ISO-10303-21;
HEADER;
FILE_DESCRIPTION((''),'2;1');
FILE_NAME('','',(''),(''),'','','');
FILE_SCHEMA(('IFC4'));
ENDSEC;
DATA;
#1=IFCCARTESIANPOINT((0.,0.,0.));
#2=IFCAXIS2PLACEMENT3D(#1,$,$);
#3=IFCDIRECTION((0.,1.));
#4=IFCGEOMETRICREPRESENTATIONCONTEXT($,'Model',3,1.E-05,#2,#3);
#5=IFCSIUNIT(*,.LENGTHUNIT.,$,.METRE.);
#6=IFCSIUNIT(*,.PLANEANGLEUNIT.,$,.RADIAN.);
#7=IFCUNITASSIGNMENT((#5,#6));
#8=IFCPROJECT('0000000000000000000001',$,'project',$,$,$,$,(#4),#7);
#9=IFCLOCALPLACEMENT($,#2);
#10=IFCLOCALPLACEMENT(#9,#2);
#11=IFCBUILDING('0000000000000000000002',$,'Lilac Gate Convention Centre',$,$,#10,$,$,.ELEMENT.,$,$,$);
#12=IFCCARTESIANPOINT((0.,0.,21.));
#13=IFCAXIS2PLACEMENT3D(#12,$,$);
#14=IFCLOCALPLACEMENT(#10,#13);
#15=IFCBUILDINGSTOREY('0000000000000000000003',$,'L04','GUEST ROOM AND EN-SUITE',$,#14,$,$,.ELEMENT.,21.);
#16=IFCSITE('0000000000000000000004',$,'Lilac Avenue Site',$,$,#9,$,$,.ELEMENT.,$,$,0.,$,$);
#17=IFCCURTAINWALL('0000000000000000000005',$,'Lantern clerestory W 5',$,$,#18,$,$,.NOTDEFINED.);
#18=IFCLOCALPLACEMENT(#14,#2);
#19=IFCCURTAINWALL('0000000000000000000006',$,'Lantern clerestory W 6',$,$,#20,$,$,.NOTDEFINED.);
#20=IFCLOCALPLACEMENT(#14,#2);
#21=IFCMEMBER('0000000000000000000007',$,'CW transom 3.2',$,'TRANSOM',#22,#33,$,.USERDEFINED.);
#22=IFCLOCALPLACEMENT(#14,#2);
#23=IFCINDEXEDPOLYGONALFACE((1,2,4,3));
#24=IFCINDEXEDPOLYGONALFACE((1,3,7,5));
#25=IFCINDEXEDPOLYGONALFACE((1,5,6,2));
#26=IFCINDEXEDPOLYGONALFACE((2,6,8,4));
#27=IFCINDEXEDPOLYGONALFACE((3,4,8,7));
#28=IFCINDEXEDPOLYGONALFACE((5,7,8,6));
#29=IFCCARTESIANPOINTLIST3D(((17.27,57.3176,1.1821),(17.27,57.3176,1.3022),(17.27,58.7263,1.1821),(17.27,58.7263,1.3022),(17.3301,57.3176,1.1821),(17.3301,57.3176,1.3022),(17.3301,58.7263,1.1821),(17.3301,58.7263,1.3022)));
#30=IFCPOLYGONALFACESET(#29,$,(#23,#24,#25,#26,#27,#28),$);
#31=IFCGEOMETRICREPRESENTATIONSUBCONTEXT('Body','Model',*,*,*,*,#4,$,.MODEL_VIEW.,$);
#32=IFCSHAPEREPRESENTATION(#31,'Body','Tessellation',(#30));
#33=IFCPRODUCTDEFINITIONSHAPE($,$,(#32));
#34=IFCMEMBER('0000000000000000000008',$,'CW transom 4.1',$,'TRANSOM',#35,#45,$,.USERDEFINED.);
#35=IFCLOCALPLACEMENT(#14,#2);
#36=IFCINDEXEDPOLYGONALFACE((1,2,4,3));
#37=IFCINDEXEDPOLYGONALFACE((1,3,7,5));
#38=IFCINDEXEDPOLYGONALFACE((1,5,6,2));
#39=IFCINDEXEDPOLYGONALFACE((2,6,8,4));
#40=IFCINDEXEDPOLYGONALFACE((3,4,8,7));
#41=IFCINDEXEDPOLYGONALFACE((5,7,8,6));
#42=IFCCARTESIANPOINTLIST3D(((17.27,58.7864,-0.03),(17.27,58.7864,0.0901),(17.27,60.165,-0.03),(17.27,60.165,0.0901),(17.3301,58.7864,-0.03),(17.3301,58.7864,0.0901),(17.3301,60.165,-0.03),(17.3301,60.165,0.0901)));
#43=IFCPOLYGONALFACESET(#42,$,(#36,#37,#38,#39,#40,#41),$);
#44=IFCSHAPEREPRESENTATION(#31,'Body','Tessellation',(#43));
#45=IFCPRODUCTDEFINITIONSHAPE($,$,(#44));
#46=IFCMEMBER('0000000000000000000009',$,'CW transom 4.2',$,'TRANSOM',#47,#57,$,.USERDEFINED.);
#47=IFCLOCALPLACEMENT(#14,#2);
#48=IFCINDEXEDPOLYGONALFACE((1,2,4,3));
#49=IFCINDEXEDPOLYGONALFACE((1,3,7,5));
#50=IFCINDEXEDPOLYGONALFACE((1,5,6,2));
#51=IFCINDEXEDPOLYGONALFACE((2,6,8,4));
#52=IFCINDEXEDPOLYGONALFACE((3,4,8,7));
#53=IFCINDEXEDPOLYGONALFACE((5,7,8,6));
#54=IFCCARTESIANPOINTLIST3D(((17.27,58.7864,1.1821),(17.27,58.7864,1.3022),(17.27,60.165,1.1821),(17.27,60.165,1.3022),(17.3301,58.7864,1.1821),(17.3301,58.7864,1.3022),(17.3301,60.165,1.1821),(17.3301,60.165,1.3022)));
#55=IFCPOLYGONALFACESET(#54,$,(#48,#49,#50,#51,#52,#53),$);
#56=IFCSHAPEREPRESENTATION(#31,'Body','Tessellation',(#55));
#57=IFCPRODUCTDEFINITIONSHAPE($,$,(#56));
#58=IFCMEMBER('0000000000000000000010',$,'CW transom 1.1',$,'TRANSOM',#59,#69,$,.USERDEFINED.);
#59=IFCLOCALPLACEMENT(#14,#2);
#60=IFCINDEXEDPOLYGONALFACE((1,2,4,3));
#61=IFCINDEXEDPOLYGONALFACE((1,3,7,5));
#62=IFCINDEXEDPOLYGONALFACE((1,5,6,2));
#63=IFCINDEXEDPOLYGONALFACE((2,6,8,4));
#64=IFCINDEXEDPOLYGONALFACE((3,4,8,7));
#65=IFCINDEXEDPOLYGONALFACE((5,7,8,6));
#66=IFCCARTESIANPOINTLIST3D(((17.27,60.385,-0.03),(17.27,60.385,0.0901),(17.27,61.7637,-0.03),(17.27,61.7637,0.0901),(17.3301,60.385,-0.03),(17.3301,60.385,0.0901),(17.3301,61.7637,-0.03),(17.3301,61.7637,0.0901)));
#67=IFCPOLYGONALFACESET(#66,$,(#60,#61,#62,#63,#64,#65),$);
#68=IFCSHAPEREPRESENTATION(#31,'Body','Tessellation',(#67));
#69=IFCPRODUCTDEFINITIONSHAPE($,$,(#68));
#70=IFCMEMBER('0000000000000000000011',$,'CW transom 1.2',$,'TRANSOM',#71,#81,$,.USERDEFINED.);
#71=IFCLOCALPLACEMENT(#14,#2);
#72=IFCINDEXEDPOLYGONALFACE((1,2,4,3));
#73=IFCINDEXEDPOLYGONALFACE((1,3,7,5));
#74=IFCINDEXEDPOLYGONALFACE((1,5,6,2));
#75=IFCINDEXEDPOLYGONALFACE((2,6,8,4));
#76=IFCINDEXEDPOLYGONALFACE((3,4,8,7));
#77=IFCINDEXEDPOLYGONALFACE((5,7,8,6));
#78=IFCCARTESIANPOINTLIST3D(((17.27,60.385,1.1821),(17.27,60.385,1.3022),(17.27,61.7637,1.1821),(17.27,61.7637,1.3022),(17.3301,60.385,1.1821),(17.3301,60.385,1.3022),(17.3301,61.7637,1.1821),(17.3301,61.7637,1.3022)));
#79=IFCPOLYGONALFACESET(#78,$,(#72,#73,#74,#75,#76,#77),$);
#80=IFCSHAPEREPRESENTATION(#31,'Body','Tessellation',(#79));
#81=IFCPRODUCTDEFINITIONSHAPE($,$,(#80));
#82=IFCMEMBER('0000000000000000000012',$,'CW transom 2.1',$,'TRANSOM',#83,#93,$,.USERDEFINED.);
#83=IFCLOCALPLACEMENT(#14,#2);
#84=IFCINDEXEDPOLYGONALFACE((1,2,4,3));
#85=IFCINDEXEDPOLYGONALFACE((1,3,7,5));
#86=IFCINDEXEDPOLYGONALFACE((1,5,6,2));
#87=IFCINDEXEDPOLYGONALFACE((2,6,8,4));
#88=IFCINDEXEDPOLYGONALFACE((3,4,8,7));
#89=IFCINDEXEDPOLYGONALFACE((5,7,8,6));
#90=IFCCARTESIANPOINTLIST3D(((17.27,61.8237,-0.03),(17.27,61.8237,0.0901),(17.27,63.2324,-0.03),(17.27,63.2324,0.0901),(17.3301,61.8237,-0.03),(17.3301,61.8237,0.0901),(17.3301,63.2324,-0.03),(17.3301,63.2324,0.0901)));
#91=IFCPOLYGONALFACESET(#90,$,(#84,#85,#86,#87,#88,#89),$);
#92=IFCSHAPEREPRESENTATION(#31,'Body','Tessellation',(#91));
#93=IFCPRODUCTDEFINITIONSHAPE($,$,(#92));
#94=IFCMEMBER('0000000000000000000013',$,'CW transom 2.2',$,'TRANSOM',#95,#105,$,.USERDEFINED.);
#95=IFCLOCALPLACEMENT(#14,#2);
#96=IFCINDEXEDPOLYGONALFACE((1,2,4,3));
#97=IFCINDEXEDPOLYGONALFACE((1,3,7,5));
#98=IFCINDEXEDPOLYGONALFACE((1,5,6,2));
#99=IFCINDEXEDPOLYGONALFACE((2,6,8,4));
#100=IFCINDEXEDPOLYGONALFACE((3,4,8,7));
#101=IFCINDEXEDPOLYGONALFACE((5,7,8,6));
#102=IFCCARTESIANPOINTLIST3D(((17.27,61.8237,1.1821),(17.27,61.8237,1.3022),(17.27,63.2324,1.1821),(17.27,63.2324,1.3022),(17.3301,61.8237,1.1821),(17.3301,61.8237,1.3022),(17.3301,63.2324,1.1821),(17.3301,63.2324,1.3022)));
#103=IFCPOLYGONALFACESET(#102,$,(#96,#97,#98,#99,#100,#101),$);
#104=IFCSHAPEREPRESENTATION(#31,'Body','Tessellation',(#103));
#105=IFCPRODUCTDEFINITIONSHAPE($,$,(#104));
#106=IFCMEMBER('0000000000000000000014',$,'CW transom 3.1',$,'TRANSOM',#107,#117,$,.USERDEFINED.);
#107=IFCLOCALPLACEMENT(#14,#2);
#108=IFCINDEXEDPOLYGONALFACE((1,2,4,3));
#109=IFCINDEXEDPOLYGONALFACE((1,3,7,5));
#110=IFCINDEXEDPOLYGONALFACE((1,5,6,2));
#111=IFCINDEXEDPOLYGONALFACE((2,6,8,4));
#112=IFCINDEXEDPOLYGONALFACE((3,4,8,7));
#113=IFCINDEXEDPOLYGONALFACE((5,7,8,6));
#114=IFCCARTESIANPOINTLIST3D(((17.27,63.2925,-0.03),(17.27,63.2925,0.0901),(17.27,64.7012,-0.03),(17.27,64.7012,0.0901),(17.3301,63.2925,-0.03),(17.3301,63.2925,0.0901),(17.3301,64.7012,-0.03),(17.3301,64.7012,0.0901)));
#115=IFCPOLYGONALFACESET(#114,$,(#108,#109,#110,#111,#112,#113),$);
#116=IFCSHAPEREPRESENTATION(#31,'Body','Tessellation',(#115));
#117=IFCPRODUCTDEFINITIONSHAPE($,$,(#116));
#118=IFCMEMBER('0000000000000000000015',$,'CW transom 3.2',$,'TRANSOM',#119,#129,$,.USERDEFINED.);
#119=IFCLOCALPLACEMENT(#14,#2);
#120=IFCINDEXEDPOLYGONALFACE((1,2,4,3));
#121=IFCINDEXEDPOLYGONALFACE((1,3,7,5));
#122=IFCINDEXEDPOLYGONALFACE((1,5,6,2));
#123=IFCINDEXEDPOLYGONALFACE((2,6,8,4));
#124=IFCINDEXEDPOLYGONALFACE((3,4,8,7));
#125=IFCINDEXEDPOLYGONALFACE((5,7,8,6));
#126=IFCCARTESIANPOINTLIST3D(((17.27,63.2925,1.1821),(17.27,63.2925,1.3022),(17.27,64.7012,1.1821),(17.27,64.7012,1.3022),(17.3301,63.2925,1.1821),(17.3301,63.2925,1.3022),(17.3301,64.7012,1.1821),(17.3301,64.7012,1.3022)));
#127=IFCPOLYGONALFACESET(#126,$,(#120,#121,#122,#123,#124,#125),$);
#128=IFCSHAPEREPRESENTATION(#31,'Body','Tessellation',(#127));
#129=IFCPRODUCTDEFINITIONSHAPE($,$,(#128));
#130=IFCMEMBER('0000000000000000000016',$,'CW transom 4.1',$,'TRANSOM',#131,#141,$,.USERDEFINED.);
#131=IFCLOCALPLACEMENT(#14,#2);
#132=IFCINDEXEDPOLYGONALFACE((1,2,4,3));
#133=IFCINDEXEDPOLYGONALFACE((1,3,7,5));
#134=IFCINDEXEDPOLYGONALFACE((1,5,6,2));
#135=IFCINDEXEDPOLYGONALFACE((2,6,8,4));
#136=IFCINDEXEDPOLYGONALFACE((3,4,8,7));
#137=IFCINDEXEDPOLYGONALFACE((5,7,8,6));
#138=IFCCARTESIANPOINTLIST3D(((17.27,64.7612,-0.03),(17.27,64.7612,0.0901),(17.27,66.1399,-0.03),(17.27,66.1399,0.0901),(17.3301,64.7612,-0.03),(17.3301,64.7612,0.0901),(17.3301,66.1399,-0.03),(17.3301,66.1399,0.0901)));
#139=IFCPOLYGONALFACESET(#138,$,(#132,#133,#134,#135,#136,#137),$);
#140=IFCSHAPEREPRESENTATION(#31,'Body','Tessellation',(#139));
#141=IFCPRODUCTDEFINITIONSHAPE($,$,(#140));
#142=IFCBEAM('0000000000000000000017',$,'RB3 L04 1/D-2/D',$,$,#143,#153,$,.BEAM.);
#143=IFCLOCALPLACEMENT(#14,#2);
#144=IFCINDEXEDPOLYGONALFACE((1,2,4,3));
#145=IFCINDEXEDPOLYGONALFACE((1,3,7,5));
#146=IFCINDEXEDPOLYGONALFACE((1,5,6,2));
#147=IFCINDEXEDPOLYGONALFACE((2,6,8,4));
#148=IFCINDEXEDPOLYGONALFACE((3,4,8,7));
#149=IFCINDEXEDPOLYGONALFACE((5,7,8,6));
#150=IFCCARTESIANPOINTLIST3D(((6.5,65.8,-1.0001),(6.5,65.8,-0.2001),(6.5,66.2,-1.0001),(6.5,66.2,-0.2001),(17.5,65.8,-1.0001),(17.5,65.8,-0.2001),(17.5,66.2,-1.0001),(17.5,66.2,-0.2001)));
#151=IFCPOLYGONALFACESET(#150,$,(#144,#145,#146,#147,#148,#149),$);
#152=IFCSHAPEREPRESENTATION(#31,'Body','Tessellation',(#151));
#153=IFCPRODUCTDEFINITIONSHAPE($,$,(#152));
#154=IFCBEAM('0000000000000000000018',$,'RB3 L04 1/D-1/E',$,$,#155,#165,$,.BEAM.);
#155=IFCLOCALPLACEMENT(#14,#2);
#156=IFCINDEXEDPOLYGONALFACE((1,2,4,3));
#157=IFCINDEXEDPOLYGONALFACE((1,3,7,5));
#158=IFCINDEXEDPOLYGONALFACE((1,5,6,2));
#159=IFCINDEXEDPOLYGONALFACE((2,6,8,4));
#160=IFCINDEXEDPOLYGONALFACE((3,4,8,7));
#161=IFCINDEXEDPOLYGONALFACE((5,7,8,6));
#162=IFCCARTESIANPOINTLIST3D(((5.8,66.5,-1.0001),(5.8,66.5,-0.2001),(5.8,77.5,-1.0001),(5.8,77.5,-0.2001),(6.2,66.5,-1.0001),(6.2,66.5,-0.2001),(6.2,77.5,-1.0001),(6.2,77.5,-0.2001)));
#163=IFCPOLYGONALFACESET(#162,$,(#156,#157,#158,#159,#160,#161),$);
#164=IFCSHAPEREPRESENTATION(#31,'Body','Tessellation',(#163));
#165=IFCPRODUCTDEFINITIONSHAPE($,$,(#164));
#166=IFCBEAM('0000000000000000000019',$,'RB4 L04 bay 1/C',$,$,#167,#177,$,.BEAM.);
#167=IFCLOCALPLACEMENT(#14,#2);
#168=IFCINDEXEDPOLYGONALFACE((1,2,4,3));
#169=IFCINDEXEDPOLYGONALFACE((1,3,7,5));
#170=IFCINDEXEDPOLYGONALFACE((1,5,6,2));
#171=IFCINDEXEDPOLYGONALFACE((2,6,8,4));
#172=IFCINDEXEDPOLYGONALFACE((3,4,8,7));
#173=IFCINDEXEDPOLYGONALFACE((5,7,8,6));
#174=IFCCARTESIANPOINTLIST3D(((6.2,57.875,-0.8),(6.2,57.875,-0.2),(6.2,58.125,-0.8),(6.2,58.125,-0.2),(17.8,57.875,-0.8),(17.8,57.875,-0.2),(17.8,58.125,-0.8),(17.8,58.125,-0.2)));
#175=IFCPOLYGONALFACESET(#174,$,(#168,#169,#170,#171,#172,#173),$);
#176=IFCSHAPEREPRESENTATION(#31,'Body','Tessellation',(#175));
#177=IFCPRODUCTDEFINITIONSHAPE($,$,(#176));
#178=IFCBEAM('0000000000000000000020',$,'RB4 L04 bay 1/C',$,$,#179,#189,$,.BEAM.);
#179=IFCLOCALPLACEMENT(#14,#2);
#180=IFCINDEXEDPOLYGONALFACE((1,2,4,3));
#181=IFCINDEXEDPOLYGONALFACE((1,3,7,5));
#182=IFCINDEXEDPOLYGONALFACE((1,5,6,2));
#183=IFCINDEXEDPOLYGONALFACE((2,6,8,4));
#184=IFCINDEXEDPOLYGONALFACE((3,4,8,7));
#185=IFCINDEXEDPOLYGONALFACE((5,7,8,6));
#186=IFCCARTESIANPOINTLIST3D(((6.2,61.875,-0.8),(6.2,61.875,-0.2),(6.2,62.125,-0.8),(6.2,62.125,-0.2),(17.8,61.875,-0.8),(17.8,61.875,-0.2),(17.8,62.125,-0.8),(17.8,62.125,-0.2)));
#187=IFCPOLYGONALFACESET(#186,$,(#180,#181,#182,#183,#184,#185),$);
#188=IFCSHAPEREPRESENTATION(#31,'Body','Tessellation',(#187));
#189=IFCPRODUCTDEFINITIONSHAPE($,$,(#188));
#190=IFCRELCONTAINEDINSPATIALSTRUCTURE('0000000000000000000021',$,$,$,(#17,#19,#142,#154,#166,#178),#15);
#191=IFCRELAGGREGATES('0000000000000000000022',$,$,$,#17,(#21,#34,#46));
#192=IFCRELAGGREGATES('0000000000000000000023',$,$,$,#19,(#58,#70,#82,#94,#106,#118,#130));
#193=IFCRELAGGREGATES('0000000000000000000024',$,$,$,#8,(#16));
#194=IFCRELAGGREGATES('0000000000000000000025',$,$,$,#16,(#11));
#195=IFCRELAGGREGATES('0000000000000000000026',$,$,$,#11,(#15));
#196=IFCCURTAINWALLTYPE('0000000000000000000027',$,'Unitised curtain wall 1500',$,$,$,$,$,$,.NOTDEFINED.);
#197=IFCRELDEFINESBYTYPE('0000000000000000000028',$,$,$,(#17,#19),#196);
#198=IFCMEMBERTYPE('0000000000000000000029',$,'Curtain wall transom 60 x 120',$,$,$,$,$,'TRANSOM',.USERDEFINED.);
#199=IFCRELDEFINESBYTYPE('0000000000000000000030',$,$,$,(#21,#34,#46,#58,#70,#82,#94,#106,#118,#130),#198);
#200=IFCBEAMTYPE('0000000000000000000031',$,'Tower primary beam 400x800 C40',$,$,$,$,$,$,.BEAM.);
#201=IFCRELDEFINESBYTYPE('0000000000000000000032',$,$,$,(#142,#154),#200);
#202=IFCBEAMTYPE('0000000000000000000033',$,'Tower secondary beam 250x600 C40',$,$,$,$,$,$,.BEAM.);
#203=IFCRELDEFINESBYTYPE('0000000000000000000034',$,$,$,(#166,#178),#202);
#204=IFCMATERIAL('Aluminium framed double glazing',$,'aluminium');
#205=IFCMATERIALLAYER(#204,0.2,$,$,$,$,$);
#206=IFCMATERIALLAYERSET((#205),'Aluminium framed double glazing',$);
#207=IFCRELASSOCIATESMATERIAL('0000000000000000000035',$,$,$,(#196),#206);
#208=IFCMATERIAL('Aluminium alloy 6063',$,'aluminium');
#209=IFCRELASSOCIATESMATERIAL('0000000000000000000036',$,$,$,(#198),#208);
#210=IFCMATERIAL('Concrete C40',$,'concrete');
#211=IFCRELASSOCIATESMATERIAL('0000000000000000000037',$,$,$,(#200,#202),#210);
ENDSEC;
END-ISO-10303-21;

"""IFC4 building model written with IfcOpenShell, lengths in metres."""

from ifc_helpers import new_model, si_unit, direction, frame, origin, origin_2d, place, context, subcontext, project, spatial, rectangle, extrude, material, layer, layer_set, material_profile, profile_set, type_object, element, aggregate, save


model = new_model("IFC4")

# Units and contexts
model_context = context("Model", 3, precision=1e-05, world=origin(), true_north=direction((0.0, 1.0)))
body_context = subcontext(model_context, "Body", "Model", "MODEL_VIEW")
ifc_project = project(units=[si_unit("LENGTHUNIT", "METRE"), si_unit("PLANEANGLEUNIT", "RADIAN")], contexts=[model_context])

# Site, building, storey
site_placement = place(None, origin())
site = spatial("IfcSite", under=ifc_project, at=site_placement, Name="Lilac Avenue Site", CompositionType="ELEMENT", RefElevation=0.0)
building_placement = place(site_placement, origin())
building = spatial("IfcBuilding", under=site, at=building_placement, Name="Lilac Gate Convention Centre", CompositionType="ELEMENT")
storey_placement = place(building_placement, frame((0.0, 0.0, 21.0)))
storey = spatial("IfcBuildingStorey", under=building, at=storey_placement, Name="L04", Description="GUEST ROOM AND EN-SUITE", CompositionType="ELEMENT", Elevation=21.0)

# Shared definitions
ifc_material_1 = material(Name="Aluminium framed double glazing", Category="aluminium")
ifc_layer_1 = layer(ifc_material_1, 0.2)
ifc_layer_set_1 = layer_set([ifc_layer_1], Name="Aluminium framed double glazing")
curtain_wall_type = type_object("IfcCurtainWallType", Name="Unitised curtain wall 1500", PredefinedType="NOTDEFINED", material=ifc_layer_set_1)
ifc_material_2 = material(Name="Aluminium alloy 6063", Category="aluminium")

# Curtain walls
curtain_wall_1_placement = place(storey_placement, origin())
curtain_wall_1 = element("IfcCurtainWall", 1, at=curtain_wall_1_placement, inside=storey, type_object=curtain_wall_type, Name="Lantern clerestory W 5", PredefinedType="NOTDEFINED")
curtain_wall_2_placement = place(storey_placement, origin())
curtain_wall_2 = element("IfcCurtainWall", 2, at=curtain_wall_2_placement, inside=storey, type_object=curtain_wall_type, Name="Lantern clerestory W 6", PredefinedType="NOTDEFINED")

# Members
ifc_material_profile_1 = material_profile(ifc_material_2, rectangle(XDim=0.0601, YDim=0.1201, at=origin_2d()), Name="Curtain wall transom 60 x 120")
ifc_profile_set_1 = profile_set([ifc_material_profile_1], Name="Aluminium alloy 6063")
member_type_1 = type_object("IfcMemberType", Name="Curtain wall transom 60 x 120", ElementType="TRANSOM", PredefinedType="USERDEFINED", material=ifc_profile_set_1)
member_1_placement = place(storey_placement, frame((17.3, 57.3176, 1.2422), z_axis=(0.0, 1.0, 0.0), x_axis=(-1.0, 0.0, 0.0)))
member_1 = element("IfcMember", 3, at=member_1_placement, type_object=member_type_1, Name="CW transom 3.2", ObjectType="TRANSOM", PredefinedType="USERDEFINED", context=body_context, shape_type="SweptSolid", body=[
    extrude(rectangle(XDim=0.0601, YDim=0.1201, at=origin_2d()), origin(), (0.0, 0.0, 1.0), 1.4087),
])
member_2_placement = place(storey_placement, frame((17.3, 58.7864, 0.03), z_axis=(0.0, 1.0, 0.0), x_axis=(-1.0, 0.0, 0.0)))
member_2 = element("IfcMember", 4, at=member_2_placement, type_object=member_type_1, Name="CW transom 4.1", ObjectType="TRANSOM", PredefinedType="USERDEFINED", context=body_context, shape_type="SweptSolid", body=[
    extrude(rectangle(XDim=0.0601, YDim=0.1201, at=origin_2d()), origin(), (0.0, 0.0, 1.0), 1.3787),
])
member_3_placement = place(storey_placement, frame((17.3, 58.7864, 1.2422), z_axis=(0.0, 1.0, 0.0), x_axis=(-1.0, 0.0, 0.0)))
member_3 = element("IfcMember", 5, at=member_3_placement, type_object=member_type_1, Name="CW transom 4.2", ObjectType="TRANSOM", PredefinedType="USERDEFINED", context=body_context, shape_type="SweptSolid", body=[
    extrude(rectangle(XDim=0.0601, YDim=0.1201, at=origin_2d()), origin(), (0.0, 0.0, 1.0), 1.3787),
])
member_4_placement = place(storey_placement, frame((17.3, 60.385, 0.03), z_axis=(0.0, 1.0, 0.0), x_axis=(-1.0, 0.0, 0.0)))
member_4 = element("IfcMember", 6, at=member_4_placement, type_object=member_type_1, Name="CW transom 1.1", ObjectType="TRANSOM", PredefinedType="USERDEFINED", context=body_context, shape_type="SweptSolid", body=[
    extrude(rectangle(XDim=0.0601, YDim=0.1201, at=origin_2d()), origin(), (0.0, 0.0, 1.0), 1.3787),
])
member_5_placement = place(storey_placement, frame((17.3, 60.385, 1.2422), z_axis=(0.0, 1.0, 0.0), x_axis=(-1.0, 0.0, 0.0)))
member_5 = element("IfcMember", 7, at=member_5_placement, type_object=member_type_1, Name="CW transom 1.2", ObjectType="TRANSOM", PredefinedType="USERDEFINED", context=body_context, shape_type="SweptSolid", body=[
    extrude(rectangle(XDim=0.0601, YDim=0.1201, at=origin_2d()), origin(), (0.0, 0.0, 1.0), 1.3787),
])
member_6_placement = place(storey_placement, frame((17.3, 61.8237, 0.03), z_axis=(0.0, 1.0, 0.0), x_axis=(-1.0, 0.0, 0.0)))
member_6 = element("IfcMember", 8, at=member_6_placement, type_object=member_type_1, Name="CW transom 2.1", ObjectType="TRANSOM", PredefinedType="USERDEFINED", context=body_context, shape_type="SweptSolid", body=[
    extrude(rectangle(XDim=0.0601, YDim=0.1201, at=origin_2d()), origin(), (0.0, 0.0, 1.0), 1.4087),
])
member_7_placement = place(storey_placement, frame((17.3, 61.8237, 1.2422), z_axis=(0.0, 1.0, 0.0), x_axis=(-1.0, 0.0, 0.0)))
member_7 = element("IfcMember", 9, at=member_7_placement, type_object=member_type_1, Name="CW transom 2.2", ObjectType="TRANSOM", PredefinedType="USERDEFINED", context=body_context, shape_type="SweptSolid", body=[
    extrude(rectangle(XDim=0.0601, YDim=0.1201, at=origin_2d()), origin(), (0.0, 0.0, 1.0), 1.4087),
])
member_8_placement = place(storey_placement, frame((17.3, 63.2925, 0.03), z_axis=(0.0, 1.0, 0.0), x_axis=(-1.0, 0.0, 0.0)))
member_8 = element("IfcMember", 10, at=member_8_placement, type_object=member_type_1, Name="CW transom 3.1", ObjectType="TRANSOM", PredefinedType="USERDEFINED", context=body_context, shape_type="SweptSolid", body=[
    extrude(rectangle(XDim=0.0601, YDim=0.1201, at=origin_2d()), origin(), (0.0, 0.0, 1.0), 1.4087),
])
member_9_placement = place(storey_placement, frame((17.3, 63.2925, 1.2422), z_axis=(0.0, 1.0, 0.0), x_axis=(-1.0, 0.0, 0.0)))
member_9 = element("IfcMember", 11, at=member_9_placement, type_object=member_type_1, Name="CW transom 3.2", ObjectType="TRANSOM", PredefinedType="USERDEFINED", context=body_context, shape_type="SweptSolid", body=[
    extrude(rectangle(XDim=0.0601, YDim=0.1201, at=origin_2d()), origin(), (0.0, 0.0, 1.0), 1.4087),
])
member_10_placement = place(storey_placement, frame((17.3, 64.7612, 0.03), z_axis=(0.0, 1.0, 0.0), x_axis=(-1.0, 0.0, 0.0)))
member_10 = element("IfcMember", 12, at=member_10_placement, type_object=member_type_1, Name="CW transom 4.1", ObjectType="TRANSOM", PredefinedType="USERDEFINED", context=body_context, shape_type="SweptSolid", body=[
    extrude(rectangle(XDim=0.0601, YDim=0.1201, at=origin_2d()), origin(), (0.0, 0.0, 1.0), 1.3787),
])

# Beams
ifc_material_3 = material(Name="Concrete C40", Category="concrete")
ifc_material_profile_2 = material_profile(ifc_material_3, rectangle(XDim=0.3999, YDim=0.8, at=origin_2d()), Name="RC 400x800")
ifc_profile_set_2 = profile_set([ifc_material_profile_2], Name="Concrete C40")
beam_type_1 = type_object("IfcBeamType", Name="Tower primary beam 400x800 C40", PredefinedType="BEAM", material=ifc_profile_set_2)
for number, where, z_axis, x_axis, name in (
    (13, (6.5, 66.0, -0.6001), (1.0, 0.0, 0.0), (0.0, 1.0, 0.0), "RB3 L04 1/D-2/D"),
    (14, (6.0, 66.5, -0.6001), (0.0, 1.0, 0.0), (-1.0, 0.0, 0.0), "RB3 L04 1/D-1/E"),
):
    element("IfcBeam", number, at=place(storey_placement, frame(where, z_axis=z_axis, x_axis=x_axis)), inside=storey, type_object=beam_type_1, Name=name, PredefinedType="BEAM", context=body_context, shape_type="SweptSolid", body=[
        extrude(rectangle(XDim=0.3999, YDim=0.8, at=origin_2d()), origin(), (0.0, 0.0, 1.0), 11.0),
    ])
ifc_material_profile_3 = material_profile(ifc_material_3, rectangle(XDim=0.25, YDim=0.6001, at=origin_2d()), Name="RC 250x600")
ifc_profile_set_3 = profile_set([ifc_material_profile_3], Name="Concrete C40")
beam_type_2 = type_object("IfcBeamType", Name="Tower secondary beam 250x600 C40", PredefinedType="BEAM", material=ifc_profile_set_3)
for number, where, z_axis, x_axis, name in (
    (15, (6.2, 58.0, -0.5), (1.0, 0.0, 0.0), (0.0, 1.0, 0.0), "RB4 L04 bay 1/C"),
    (16, (6.2, 62.0, -0.5), (1.0, 0.0, 0.0), (0.0, 1.0, 0.0), "RB4 L04 bay 1/C"),
):
    element("IfcBeam", number, at=place(storey_placement, frame(where, z_axis=z_axis, x_axis=x_axis)), inside=storey, type_object=beam_type_2, Name=name, PredefinedType="BEAM", context=body_context, shape_type="SweptSolid", body=[
        extrude(rectangle(XDim=0.25, YDim=0.6001, at=origin_2d()), origin(), (0.0, 0.0, 1.0), 11.6001),
    ])

aggregate(curtain_wall_1, [member_1, member_2, member_3])
aggregate(curtain_wall_2, [member_4, member_5, member_6, member_7, member_8, member_9, member_10])

save(model, "model.ifc")
